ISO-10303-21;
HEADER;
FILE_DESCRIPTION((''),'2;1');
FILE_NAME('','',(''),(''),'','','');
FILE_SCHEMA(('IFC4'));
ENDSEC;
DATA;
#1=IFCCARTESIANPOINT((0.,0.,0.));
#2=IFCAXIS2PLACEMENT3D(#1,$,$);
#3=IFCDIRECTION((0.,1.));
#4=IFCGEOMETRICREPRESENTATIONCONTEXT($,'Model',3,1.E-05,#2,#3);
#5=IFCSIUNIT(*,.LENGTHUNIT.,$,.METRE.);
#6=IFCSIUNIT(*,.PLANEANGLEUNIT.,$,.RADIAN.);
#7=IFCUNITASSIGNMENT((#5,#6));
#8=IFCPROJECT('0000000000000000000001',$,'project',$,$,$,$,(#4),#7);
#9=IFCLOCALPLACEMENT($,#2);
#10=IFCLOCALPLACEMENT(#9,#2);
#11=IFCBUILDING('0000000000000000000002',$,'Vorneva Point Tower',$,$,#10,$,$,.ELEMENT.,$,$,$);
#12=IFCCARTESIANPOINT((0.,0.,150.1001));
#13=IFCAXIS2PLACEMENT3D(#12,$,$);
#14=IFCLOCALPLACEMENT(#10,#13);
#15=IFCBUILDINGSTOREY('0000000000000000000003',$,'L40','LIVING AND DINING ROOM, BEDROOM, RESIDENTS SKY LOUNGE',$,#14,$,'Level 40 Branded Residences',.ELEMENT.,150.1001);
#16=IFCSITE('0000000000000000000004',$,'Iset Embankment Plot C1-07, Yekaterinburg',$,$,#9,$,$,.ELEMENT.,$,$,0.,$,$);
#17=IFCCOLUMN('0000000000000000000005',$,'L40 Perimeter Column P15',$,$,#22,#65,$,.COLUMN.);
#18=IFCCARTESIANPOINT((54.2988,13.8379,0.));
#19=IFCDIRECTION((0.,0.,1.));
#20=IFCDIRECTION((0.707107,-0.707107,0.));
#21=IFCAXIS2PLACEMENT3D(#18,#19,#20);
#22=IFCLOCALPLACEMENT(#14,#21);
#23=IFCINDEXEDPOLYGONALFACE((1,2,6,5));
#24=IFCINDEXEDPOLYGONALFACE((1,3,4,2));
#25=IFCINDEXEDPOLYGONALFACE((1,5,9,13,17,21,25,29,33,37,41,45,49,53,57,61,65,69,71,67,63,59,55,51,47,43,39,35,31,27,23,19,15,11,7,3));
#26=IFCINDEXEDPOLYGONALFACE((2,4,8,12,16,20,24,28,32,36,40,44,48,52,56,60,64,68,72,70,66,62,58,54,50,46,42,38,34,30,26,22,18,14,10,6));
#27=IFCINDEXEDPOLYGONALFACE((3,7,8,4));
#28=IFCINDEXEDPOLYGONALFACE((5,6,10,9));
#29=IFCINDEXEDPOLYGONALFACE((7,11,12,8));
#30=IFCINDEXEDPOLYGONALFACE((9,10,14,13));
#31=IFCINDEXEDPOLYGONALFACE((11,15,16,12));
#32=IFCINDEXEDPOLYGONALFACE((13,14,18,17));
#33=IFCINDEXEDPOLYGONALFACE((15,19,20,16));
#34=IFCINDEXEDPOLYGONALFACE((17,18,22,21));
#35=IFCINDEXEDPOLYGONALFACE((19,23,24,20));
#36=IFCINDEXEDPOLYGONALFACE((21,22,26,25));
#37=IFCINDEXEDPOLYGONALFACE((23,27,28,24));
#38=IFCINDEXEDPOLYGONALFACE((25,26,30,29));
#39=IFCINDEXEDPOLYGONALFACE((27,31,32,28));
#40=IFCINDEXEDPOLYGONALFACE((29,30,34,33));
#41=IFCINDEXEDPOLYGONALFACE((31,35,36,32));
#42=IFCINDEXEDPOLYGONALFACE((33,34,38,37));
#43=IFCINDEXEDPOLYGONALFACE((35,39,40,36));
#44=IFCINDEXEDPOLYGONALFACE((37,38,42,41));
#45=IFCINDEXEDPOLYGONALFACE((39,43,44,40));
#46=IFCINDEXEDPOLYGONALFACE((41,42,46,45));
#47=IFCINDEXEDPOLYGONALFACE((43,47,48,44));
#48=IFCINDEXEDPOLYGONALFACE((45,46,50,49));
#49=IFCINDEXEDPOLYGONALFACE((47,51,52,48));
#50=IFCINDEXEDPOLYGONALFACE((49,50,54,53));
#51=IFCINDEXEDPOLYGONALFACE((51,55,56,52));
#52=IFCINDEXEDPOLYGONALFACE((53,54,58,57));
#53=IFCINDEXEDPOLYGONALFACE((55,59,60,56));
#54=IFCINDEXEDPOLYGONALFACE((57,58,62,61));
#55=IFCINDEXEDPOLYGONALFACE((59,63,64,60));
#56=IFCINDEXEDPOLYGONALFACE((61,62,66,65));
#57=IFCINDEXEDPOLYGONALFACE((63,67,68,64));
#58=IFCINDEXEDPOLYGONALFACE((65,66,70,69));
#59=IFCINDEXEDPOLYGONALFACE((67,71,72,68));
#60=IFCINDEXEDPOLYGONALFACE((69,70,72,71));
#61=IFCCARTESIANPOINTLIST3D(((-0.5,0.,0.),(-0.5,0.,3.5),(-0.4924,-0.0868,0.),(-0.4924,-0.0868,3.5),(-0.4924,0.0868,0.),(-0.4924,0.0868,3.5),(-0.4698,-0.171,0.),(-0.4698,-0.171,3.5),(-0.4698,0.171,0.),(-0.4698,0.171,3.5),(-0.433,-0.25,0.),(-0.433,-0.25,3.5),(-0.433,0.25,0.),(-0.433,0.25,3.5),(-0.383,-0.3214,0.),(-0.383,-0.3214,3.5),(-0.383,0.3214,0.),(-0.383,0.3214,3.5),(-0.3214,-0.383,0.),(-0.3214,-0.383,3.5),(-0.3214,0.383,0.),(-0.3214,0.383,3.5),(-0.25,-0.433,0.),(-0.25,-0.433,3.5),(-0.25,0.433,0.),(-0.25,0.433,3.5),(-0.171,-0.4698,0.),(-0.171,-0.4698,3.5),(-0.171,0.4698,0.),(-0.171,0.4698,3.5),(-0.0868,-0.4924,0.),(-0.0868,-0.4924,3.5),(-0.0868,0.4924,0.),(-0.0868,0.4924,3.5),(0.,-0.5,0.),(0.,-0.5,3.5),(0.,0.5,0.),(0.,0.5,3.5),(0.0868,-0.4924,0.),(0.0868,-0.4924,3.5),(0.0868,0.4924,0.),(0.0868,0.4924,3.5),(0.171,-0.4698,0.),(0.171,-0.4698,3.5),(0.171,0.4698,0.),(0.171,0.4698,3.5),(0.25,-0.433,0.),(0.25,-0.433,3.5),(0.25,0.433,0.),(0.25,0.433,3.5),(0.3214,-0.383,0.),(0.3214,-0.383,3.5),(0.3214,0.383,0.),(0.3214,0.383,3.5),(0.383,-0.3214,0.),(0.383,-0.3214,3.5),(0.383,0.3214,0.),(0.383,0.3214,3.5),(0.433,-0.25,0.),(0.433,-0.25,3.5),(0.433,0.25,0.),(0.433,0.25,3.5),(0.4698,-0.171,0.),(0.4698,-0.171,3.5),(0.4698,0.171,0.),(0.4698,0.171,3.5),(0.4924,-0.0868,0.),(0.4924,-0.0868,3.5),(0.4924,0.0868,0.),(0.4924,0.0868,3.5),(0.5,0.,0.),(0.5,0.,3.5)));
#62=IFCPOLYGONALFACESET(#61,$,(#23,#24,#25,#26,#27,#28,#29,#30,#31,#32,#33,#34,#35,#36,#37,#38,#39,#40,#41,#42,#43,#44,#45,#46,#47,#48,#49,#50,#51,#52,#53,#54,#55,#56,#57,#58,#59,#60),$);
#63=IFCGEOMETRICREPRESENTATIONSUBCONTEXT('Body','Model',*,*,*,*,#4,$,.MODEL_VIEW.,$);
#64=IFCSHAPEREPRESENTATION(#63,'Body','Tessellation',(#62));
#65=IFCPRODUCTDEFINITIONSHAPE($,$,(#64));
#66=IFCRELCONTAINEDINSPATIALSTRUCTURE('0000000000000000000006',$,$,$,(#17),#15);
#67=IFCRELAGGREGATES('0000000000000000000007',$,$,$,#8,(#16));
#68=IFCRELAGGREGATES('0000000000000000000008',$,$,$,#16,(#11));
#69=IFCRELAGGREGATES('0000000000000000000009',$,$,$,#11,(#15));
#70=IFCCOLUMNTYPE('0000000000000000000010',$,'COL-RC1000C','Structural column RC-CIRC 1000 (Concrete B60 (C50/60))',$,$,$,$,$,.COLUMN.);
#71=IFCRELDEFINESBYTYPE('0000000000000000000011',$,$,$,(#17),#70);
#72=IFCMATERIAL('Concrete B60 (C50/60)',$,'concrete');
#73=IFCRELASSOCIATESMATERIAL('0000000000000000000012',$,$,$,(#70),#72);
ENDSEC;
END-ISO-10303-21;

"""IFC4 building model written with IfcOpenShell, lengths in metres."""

from ifc_helpers import new_model, si_unit, direction, frame, origin, origin_2d, place, context, subcontext, project, spatial, circle, extrude, material, material_profile, profile_set, type_object, element, save


model = new_model("IFC4")

# Units and contexts
model_context = context("Model", 3, precision=1e-05, world=origin(), true_north=direction((0.0, 1.0)))
body_context = subcontext(model_context, "Body", "Model", "MODEL_VIEW")
ifc_project = project(units=[si_unit("LENGTHUNIT", "METRE"), si_unit("PLANEANGLEUNIT", "RADIAN")], contexts=[model_context])

# Site, building, storey
site_placement = place(None, origin())
site = spatial("IfcSite", under=ifc_project, at=site_placement, Name="Iset Embankment Plot C1-07, Yekaterinburg", CompositionType="ELEMENT", RefElevation=0.0)
building_placement = place(site_placement, origin())
building = spatial("IfcBuilding", under=site, at=building_placement, Name="Vorneva Point Tower", CompositionType="ELEMENT")
storey_placement = place(building_placement, frame((0.0, 0.0, 150.1001)))
storey = spatial("IfcBuildingStorey", under=building, at=storey_placement, Name="L40", Description="LIVING AND DINING ROOM, BEDROOM, RESIDENTS SKY LOUNGE", LongName="Level 40 Branded Residences", CompositionType="ELEMENT", Elevation=150.1001)

# Column
ifc_material_1 = material(Name="Concrete B60 (C50/60)", Category="concrete")
ifc_material_profile_1 = material_profile(ifc_material_1, circle(Radius=0.5, at=origin_2d()), Name="RC-CIRC 1000")
ifc_profile_set_1 = profile_set([ifc_material_profile_1], Name="Concrete B60 (C50/60)")
column_type_1 = type_object("IfcColumnType", Name="COL-RC1000C", Description="Structural column RC-CIRC 1000 (Concrete B60 (C50/60))", PredefinedType="COLUMN", material=ifc_profile_set_1)
column_1_placement = place(storey_placement, frame((54.2988, 13.8379, 0.0), z_axis=(0.0, 0.0, 1.0), x_axis=(0.707107, -0.707107, 0.0)))
element("IfcColumn", 1, at=column_1_placement, inside=storey, type_object=column_type_1, Name="L40 Perimeter Column P15", PredefinedType="COLUMN", context=body_context, shape_type="SweptSolid", body=[
    extrude(circle(Radius=0.5, at=origin_2d()), origin(), (0.0, 0.0, 1.0), 3.5),
])

save(model, "model.ifc")
